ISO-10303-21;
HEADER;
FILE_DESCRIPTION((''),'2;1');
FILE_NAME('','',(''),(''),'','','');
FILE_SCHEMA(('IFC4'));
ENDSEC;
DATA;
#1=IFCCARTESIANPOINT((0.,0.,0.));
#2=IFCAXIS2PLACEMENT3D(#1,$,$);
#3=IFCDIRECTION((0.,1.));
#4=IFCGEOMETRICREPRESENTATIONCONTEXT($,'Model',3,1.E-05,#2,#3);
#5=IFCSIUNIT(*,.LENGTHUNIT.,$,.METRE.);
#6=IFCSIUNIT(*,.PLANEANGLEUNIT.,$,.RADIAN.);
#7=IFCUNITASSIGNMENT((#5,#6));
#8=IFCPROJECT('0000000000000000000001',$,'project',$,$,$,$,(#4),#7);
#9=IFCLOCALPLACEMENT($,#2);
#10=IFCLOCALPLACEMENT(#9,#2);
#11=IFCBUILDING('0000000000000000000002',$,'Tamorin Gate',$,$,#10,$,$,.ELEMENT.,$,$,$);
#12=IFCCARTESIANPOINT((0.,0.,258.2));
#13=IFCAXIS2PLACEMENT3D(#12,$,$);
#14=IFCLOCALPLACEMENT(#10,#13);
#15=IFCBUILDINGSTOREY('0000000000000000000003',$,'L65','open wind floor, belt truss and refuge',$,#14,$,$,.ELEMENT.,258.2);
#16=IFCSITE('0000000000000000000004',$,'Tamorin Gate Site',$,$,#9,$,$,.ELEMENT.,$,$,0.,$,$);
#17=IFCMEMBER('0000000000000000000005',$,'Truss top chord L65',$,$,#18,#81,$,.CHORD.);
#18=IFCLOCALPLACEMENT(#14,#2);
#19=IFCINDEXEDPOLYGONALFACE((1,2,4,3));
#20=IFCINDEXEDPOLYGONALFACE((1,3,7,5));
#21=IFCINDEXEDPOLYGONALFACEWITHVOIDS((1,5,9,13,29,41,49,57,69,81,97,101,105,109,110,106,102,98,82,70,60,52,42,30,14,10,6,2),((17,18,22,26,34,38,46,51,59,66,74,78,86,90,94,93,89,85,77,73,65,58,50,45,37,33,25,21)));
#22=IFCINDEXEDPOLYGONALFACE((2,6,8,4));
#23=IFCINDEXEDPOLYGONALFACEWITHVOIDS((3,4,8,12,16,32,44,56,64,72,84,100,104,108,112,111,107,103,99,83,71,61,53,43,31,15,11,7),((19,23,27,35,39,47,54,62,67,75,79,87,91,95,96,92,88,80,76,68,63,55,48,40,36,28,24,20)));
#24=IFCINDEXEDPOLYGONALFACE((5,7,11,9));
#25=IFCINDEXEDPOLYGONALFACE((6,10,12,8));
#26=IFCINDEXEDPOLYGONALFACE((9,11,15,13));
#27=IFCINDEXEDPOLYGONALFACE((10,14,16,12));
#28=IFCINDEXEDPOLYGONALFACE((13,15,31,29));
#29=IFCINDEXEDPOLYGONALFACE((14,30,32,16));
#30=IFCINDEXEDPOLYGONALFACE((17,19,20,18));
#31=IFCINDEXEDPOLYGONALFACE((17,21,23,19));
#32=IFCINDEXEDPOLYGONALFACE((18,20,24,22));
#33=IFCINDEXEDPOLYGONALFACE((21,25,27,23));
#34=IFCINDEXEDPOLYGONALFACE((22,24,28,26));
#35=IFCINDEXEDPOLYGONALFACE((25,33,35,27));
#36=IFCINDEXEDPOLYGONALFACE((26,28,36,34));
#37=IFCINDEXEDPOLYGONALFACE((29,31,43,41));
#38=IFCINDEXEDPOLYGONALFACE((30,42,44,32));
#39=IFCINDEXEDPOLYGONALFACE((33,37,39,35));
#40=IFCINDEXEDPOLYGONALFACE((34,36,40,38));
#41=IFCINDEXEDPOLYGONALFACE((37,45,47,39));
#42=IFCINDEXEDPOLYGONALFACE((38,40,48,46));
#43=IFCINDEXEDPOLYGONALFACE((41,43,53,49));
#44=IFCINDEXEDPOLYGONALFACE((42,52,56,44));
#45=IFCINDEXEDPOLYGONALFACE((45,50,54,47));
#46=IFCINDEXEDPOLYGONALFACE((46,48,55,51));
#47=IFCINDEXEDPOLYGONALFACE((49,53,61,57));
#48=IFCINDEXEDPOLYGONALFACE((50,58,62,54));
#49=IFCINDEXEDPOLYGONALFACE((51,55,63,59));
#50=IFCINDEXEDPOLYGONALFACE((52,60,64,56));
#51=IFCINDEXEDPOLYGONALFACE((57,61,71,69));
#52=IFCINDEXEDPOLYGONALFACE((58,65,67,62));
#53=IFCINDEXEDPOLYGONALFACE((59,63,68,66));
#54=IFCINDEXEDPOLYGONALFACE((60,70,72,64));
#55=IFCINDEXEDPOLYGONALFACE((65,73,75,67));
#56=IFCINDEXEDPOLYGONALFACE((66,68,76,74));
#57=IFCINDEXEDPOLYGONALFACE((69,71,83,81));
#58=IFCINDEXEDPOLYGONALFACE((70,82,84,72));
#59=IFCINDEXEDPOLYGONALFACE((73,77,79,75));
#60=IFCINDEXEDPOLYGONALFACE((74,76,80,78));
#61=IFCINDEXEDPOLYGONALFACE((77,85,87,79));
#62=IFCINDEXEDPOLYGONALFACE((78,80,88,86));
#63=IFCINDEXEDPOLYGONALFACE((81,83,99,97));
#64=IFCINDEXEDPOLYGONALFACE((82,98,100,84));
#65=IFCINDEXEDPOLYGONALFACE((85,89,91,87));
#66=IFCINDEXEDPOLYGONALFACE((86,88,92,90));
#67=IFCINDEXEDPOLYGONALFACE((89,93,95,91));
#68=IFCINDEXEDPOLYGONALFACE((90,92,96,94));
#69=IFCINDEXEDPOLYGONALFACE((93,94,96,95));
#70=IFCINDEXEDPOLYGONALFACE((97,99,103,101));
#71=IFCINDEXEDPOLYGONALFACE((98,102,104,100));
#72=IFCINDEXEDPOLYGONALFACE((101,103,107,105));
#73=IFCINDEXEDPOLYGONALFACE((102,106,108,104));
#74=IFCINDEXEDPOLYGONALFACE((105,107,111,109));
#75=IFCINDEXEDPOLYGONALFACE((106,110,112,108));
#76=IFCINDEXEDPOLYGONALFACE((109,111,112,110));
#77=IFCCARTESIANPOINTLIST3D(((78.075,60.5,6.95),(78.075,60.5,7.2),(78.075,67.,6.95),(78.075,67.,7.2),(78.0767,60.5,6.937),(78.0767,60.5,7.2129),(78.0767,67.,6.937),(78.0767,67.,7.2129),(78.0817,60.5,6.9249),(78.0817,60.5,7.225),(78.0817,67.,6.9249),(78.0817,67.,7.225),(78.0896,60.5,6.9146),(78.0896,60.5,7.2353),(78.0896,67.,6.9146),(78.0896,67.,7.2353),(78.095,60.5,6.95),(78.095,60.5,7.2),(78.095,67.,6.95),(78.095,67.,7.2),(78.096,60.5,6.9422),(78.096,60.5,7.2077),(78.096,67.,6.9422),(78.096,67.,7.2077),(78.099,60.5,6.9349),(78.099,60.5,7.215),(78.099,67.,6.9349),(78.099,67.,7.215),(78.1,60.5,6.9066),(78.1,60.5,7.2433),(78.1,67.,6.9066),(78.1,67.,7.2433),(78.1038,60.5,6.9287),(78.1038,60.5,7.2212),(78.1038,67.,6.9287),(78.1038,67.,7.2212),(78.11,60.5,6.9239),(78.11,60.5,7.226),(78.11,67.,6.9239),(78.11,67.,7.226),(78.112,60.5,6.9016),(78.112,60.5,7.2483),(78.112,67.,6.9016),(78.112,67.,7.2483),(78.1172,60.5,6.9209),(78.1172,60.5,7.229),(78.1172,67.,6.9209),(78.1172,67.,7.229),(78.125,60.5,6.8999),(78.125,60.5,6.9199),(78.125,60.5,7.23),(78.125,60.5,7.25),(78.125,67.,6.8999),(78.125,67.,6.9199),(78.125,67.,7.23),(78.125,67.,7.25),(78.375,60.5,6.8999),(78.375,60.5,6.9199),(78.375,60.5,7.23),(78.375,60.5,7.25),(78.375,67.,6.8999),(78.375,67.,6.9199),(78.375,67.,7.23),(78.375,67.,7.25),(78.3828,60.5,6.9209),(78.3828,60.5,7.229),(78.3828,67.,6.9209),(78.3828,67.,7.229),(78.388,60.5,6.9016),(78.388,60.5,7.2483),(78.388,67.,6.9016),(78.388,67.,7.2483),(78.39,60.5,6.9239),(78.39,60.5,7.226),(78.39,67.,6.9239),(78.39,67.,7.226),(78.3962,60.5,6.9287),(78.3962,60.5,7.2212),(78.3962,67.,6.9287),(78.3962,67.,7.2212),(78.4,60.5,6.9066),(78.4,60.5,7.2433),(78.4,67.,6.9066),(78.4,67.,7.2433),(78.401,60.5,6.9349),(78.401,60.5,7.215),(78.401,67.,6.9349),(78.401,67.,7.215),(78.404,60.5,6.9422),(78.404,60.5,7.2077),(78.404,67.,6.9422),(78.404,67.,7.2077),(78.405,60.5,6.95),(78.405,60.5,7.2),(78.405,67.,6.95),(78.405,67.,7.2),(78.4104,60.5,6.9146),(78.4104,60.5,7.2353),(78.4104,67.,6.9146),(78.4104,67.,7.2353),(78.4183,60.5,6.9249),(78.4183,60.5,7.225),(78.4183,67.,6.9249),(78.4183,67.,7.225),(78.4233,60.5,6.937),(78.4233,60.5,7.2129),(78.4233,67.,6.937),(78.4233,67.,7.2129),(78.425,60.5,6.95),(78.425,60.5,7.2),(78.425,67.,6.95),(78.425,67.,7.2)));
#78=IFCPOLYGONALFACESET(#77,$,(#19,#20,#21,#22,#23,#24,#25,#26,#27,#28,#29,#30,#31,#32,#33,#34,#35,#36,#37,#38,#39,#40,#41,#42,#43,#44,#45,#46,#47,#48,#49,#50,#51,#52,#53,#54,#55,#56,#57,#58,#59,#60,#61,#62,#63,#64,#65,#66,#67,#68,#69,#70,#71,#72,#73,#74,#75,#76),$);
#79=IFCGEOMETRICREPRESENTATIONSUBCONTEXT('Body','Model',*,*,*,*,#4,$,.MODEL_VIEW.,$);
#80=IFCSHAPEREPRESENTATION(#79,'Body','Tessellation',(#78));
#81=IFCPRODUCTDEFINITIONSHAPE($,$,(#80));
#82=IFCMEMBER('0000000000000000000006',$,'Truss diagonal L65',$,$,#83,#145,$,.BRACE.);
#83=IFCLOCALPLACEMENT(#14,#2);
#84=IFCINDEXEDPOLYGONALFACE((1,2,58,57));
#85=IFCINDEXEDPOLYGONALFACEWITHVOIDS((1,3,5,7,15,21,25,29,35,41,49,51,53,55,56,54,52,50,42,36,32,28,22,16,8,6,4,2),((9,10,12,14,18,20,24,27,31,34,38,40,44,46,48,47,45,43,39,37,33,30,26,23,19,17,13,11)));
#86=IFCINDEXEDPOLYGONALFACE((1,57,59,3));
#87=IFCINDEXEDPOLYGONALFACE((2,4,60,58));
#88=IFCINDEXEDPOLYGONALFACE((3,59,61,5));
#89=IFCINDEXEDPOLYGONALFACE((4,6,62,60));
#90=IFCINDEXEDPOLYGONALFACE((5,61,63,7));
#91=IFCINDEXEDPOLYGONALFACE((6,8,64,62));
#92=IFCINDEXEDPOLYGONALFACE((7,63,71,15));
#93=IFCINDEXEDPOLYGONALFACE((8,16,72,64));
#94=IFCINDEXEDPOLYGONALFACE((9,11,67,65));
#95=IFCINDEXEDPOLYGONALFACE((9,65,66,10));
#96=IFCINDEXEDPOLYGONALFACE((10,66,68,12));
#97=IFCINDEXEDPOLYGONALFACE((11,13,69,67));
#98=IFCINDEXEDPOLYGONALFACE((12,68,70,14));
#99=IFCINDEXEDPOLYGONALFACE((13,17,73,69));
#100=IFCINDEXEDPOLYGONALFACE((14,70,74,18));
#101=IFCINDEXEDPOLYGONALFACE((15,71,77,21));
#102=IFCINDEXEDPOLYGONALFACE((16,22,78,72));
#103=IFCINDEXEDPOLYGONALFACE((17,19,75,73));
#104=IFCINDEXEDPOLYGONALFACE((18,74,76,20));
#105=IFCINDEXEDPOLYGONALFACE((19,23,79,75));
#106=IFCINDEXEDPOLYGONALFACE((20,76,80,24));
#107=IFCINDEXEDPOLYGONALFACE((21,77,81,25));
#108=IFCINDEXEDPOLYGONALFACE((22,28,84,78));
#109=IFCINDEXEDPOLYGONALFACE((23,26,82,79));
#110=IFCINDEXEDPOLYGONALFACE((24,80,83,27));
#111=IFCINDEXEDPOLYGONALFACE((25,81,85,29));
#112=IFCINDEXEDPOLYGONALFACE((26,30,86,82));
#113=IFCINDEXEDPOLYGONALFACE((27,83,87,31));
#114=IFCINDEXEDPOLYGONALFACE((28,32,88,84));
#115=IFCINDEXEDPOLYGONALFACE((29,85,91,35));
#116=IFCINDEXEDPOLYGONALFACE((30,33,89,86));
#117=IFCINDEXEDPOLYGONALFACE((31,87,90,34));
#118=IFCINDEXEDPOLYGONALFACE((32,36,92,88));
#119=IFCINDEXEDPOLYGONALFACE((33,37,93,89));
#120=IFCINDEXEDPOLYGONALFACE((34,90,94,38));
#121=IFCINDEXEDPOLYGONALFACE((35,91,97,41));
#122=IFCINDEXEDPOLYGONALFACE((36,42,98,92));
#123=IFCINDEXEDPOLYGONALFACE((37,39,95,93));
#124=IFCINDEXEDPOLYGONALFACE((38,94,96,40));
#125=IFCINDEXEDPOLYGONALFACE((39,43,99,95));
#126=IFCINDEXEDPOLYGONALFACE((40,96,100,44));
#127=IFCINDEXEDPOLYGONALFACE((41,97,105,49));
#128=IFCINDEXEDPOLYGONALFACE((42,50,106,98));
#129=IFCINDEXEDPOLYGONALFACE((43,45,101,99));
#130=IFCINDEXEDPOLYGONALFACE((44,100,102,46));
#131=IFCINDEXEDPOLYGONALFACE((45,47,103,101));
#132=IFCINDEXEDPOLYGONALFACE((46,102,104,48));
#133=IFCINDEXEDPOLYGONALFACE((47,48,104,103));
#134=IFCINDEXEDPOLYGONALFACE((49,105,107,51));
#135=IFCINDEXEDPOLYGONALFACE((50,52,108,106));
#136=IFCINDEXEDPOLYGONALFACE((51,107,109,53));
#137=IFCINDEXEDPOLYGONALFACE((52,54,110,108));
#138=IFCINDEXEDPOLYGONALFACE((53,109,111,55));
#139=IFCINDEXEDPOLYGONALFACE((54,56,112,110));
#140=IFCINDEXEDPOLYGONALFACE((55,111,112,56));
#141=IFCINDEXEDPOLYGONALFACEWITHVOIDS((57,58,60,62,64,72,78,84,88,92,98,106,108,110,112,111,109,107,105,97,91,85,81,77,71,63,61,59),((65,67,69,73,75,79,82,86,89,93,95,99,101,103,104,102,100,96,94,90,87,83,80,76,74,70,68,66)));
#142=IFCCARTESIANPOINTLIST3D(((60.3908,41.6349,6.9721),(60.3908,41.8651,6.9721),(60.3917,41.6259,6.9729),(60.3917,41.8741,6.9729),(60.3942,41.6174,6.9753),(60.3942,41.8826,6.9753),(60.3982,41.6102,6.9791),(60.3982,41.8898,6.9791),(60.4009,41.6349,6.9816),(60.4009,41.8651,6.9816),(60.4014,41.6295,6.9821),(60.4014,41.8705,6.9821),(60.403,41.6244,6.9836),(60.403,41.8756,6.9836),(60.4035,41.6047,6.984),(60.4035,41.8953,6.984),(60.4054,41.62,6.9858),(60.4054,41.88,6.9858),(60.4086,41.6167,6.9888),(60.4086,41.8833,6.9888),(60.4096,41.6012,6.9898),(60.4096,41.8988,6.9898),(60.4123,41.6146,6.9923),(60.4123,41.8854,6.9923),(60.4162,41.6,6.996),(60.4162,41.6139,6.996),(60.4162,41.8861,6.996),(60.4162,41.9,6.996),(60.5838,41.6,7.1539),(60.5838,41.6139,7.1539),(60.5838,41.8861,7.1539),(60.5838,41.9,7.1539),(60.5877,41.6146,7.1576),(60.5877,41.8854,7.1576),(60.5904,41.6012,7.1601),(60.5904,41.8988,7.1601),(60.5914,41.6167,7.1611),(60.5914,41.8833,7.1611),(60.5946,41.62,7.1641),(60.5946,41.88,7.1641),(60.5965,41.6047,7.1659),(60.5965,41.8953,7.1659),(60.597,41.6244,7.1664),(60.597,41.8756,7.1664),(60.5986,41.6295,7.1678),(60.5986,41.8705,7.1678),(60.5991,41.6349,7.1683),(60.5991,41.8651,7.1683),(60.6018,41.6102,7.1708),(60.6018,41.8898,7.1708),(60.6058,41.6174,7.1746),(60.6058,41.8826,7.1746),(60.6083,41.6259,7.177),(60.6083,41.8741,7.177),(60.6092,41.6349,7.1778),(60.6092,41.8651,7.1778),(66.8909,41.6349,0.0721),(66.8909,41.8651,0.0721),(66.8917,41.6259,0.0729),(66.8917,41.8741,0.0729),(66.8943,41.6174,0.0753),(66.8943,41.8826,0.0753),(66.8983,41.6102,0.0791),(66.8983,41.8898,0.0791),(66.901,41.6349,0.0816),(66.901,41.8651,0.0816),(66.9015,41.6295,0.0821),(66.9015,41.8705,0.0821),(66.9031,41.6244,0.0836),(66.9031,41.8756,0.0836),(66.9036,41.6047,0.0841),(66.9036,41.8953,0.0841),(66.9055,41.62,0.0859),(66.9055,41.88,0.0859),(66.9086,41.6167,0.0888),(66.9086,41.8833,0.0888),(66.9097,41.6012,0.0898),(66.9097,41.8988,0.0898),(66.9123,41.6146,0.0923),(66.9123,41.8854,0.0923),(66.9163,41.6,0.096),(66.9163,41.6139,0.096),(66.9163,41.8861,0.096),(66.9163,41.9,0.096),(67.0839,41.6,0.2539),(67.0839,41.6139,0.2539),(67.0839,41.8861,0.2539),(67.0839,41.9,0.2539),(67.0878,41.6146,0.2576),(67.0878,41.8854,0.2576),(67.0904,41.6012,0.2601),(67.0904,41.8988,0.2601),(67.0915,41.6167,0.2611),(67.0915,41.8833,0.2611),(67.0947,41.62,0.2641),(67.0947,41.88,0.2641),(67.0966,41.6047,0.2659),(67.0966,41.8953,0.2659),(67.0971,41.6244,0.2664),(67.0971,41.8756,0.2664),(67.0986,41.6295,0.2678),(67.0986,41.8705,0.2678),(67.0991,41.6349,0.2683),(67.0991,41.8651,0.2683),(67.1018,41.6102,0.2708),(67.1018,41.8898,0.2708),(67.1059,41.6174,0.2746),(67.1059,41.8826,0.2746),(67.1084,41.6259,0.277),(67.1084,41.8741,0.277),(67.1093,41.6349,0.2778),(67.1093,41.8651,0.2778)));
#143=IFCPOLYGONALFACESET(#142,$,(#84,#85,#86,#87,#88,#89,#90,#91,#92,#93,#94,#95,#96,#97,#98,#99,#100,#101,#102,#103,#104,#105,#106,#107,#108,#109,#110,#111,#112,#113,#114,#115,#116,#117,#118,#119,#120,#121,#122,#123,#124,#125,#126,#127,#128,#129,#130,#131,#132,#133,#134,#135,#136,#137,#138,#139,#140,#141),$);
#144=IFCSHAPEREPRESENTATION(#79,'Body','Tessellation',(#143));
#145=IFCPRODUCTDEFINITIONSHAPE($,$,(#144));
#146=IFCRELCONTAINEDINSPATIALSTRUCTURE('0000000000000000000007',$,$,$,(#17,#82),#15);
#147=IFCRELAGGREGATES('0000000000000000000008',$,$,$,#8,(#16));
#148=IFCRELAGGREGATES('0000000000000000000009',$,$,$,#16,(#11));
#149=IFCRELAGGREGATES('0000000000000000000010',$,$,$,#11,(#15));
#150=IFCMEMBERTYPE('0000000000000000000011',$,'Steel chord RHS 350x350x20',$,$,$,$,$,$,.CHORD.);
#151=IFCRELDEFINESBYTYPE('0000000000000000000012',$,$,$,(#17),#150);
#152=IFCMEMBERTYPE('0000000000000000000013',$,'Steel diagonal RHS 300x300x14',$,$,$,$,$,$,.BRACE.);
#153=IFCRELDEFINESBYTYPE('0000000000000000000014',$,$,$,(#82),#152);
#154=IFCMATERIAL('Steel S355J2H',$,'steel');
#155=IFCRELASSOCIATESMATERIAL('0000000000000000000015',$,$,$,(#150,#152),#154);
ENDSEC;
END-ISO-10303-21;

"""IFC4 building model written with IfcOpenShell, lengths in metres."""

from ifc_helpers import new_model, si_unit, direction, frame, origin, origin_2d, place, context, subcontext, project, spatial, hollow_rectangle, extrude, material, material_profile, profile_set, type_object, element, save


model = new_model("IFC4")

# Units and contexts
model_context = context("Model", 3, precision=1e-05, world=origin(), true_north=direction((0.0, 1.0)))
body_context = subcontext(model_context, "Body", "Model", "MODEL_VIEW")
ifc_project = project(units=[si_unit("LENGTHUNIT", "METRE"), si_unit("PLANEANGLEUNIT", "RADIAN")], contexts=[model_context])

# Site, building, storey
site_placement = place(None, origin())
site = spatial("IfcSite", under=ifc_project, at=site_placement, Name="Tamorin Gate Site", CompositionType="ELEMENT", RefElevation=0.0)
building_placement = place(site_placement, origin())
building = spatial("IfcBuilding", under=site, at=building_placement, Name="Tamorin Gate", CompositionType="ELEMENT")
storey_placement = place(building_placement, frame((0.0, 0.0, 258.2)))
storey = spatial("IfcBuildingStorey", under=building, at=storey_placement, Name="L65", Description="open wind floor, belt truss and refuge", CompositionType="ELEMENT", Elevation=258.2)

# Members
ifc_material_1 = material(Name="Steel S355J2H", Category="steel")
ifc_material_profile_1 = material_profile(ifc_material_1, hollow_rectangle(XDim=0.3501, YDim=0.3501, WallThickness=0.02, InnerFilletRadius=0.03, OuterFilletRadius=0.05, at=origin_2d()), Name="RHS 350x350x20")
ifc_profile_set_1 = profile_set([ifc_material_profile_1], Name="Steel S355J2H")
member_type_1 = type_object("IfcMemberType", Name="Steel chord RHS 350x350x20", PredefinedType="CHORD", material=ifc_profile_set_1)
for number, where, z_axis, x_axis, name in (
    (1, (78.25, 60.5, 7.075), (0.0, 1.0, 0.0), (-1.0, 0.0, 0.0), "Truss top chord L65"),
):
    element("IfcMember", number, at=place(storey_placement, frame(where, z_axis=z_axis, x_axis=x_axis)), inside=storey, type_object=member_type_1, Name=name, PredefinedType="CHORD", context=body_context, shape_type="SweptSolid", body=[
        extrude(hollow_rectangle(XDim=0.3501, YDim=0.3501, WallThickness=0.02, InnerFilletRadius=0.03, OuterFilletRadius=0.05, at=origin_2d()), origin(), (0.0, 0.0, 1.0), 6.5),
    ])
ifc_material_profile_2 = material_profile(ifc_material_1, hollow_rectangle(XDim=0.3, YDim=0.3, WallThickness=0.0139, InnerFilletRadius=0.021, OuterFilletRadius=0.0349, at=origin_2d()), Name="RHS 300x300x14")
ifc_profile_set_2 = profile_set([ifc_material_profile_2], Name="Steel S355J2H")
member_type_2 = type_object("IfcMemberType", Name="Steel diagonal RHS 300x300x14", PredefinedType="BRACE", material=ifc_profile_set_2)
for number, where, z_axis, x_axis, name in (
    (2, (60.5, 41.75, 7.075), (0.685699, 0.0, -0.727885), (0.0, 1.0, 0.0), "Truss diagonal L65"),
):
    element("IfcMember", number, at=place(storey_placement, frame(where, z_axis=z_axis, x_axis=x_axis)), inside=storey, type_object=member_type_2, Name=name, PredefinedType="BRACE", context=body_context, shape_type="SweptSolid", body=[
        extrude(hollow_rectangle(XDim=0.3, YDim=0.3, WallThickness=0.0139, InnerFilletRadius=0.021, OuterFilletRadius=0.0349, at=origin_2d()), origin(), (0.0, 0.0, 1.0), 9.4795),
    ])

save(model, "model.ifc")
